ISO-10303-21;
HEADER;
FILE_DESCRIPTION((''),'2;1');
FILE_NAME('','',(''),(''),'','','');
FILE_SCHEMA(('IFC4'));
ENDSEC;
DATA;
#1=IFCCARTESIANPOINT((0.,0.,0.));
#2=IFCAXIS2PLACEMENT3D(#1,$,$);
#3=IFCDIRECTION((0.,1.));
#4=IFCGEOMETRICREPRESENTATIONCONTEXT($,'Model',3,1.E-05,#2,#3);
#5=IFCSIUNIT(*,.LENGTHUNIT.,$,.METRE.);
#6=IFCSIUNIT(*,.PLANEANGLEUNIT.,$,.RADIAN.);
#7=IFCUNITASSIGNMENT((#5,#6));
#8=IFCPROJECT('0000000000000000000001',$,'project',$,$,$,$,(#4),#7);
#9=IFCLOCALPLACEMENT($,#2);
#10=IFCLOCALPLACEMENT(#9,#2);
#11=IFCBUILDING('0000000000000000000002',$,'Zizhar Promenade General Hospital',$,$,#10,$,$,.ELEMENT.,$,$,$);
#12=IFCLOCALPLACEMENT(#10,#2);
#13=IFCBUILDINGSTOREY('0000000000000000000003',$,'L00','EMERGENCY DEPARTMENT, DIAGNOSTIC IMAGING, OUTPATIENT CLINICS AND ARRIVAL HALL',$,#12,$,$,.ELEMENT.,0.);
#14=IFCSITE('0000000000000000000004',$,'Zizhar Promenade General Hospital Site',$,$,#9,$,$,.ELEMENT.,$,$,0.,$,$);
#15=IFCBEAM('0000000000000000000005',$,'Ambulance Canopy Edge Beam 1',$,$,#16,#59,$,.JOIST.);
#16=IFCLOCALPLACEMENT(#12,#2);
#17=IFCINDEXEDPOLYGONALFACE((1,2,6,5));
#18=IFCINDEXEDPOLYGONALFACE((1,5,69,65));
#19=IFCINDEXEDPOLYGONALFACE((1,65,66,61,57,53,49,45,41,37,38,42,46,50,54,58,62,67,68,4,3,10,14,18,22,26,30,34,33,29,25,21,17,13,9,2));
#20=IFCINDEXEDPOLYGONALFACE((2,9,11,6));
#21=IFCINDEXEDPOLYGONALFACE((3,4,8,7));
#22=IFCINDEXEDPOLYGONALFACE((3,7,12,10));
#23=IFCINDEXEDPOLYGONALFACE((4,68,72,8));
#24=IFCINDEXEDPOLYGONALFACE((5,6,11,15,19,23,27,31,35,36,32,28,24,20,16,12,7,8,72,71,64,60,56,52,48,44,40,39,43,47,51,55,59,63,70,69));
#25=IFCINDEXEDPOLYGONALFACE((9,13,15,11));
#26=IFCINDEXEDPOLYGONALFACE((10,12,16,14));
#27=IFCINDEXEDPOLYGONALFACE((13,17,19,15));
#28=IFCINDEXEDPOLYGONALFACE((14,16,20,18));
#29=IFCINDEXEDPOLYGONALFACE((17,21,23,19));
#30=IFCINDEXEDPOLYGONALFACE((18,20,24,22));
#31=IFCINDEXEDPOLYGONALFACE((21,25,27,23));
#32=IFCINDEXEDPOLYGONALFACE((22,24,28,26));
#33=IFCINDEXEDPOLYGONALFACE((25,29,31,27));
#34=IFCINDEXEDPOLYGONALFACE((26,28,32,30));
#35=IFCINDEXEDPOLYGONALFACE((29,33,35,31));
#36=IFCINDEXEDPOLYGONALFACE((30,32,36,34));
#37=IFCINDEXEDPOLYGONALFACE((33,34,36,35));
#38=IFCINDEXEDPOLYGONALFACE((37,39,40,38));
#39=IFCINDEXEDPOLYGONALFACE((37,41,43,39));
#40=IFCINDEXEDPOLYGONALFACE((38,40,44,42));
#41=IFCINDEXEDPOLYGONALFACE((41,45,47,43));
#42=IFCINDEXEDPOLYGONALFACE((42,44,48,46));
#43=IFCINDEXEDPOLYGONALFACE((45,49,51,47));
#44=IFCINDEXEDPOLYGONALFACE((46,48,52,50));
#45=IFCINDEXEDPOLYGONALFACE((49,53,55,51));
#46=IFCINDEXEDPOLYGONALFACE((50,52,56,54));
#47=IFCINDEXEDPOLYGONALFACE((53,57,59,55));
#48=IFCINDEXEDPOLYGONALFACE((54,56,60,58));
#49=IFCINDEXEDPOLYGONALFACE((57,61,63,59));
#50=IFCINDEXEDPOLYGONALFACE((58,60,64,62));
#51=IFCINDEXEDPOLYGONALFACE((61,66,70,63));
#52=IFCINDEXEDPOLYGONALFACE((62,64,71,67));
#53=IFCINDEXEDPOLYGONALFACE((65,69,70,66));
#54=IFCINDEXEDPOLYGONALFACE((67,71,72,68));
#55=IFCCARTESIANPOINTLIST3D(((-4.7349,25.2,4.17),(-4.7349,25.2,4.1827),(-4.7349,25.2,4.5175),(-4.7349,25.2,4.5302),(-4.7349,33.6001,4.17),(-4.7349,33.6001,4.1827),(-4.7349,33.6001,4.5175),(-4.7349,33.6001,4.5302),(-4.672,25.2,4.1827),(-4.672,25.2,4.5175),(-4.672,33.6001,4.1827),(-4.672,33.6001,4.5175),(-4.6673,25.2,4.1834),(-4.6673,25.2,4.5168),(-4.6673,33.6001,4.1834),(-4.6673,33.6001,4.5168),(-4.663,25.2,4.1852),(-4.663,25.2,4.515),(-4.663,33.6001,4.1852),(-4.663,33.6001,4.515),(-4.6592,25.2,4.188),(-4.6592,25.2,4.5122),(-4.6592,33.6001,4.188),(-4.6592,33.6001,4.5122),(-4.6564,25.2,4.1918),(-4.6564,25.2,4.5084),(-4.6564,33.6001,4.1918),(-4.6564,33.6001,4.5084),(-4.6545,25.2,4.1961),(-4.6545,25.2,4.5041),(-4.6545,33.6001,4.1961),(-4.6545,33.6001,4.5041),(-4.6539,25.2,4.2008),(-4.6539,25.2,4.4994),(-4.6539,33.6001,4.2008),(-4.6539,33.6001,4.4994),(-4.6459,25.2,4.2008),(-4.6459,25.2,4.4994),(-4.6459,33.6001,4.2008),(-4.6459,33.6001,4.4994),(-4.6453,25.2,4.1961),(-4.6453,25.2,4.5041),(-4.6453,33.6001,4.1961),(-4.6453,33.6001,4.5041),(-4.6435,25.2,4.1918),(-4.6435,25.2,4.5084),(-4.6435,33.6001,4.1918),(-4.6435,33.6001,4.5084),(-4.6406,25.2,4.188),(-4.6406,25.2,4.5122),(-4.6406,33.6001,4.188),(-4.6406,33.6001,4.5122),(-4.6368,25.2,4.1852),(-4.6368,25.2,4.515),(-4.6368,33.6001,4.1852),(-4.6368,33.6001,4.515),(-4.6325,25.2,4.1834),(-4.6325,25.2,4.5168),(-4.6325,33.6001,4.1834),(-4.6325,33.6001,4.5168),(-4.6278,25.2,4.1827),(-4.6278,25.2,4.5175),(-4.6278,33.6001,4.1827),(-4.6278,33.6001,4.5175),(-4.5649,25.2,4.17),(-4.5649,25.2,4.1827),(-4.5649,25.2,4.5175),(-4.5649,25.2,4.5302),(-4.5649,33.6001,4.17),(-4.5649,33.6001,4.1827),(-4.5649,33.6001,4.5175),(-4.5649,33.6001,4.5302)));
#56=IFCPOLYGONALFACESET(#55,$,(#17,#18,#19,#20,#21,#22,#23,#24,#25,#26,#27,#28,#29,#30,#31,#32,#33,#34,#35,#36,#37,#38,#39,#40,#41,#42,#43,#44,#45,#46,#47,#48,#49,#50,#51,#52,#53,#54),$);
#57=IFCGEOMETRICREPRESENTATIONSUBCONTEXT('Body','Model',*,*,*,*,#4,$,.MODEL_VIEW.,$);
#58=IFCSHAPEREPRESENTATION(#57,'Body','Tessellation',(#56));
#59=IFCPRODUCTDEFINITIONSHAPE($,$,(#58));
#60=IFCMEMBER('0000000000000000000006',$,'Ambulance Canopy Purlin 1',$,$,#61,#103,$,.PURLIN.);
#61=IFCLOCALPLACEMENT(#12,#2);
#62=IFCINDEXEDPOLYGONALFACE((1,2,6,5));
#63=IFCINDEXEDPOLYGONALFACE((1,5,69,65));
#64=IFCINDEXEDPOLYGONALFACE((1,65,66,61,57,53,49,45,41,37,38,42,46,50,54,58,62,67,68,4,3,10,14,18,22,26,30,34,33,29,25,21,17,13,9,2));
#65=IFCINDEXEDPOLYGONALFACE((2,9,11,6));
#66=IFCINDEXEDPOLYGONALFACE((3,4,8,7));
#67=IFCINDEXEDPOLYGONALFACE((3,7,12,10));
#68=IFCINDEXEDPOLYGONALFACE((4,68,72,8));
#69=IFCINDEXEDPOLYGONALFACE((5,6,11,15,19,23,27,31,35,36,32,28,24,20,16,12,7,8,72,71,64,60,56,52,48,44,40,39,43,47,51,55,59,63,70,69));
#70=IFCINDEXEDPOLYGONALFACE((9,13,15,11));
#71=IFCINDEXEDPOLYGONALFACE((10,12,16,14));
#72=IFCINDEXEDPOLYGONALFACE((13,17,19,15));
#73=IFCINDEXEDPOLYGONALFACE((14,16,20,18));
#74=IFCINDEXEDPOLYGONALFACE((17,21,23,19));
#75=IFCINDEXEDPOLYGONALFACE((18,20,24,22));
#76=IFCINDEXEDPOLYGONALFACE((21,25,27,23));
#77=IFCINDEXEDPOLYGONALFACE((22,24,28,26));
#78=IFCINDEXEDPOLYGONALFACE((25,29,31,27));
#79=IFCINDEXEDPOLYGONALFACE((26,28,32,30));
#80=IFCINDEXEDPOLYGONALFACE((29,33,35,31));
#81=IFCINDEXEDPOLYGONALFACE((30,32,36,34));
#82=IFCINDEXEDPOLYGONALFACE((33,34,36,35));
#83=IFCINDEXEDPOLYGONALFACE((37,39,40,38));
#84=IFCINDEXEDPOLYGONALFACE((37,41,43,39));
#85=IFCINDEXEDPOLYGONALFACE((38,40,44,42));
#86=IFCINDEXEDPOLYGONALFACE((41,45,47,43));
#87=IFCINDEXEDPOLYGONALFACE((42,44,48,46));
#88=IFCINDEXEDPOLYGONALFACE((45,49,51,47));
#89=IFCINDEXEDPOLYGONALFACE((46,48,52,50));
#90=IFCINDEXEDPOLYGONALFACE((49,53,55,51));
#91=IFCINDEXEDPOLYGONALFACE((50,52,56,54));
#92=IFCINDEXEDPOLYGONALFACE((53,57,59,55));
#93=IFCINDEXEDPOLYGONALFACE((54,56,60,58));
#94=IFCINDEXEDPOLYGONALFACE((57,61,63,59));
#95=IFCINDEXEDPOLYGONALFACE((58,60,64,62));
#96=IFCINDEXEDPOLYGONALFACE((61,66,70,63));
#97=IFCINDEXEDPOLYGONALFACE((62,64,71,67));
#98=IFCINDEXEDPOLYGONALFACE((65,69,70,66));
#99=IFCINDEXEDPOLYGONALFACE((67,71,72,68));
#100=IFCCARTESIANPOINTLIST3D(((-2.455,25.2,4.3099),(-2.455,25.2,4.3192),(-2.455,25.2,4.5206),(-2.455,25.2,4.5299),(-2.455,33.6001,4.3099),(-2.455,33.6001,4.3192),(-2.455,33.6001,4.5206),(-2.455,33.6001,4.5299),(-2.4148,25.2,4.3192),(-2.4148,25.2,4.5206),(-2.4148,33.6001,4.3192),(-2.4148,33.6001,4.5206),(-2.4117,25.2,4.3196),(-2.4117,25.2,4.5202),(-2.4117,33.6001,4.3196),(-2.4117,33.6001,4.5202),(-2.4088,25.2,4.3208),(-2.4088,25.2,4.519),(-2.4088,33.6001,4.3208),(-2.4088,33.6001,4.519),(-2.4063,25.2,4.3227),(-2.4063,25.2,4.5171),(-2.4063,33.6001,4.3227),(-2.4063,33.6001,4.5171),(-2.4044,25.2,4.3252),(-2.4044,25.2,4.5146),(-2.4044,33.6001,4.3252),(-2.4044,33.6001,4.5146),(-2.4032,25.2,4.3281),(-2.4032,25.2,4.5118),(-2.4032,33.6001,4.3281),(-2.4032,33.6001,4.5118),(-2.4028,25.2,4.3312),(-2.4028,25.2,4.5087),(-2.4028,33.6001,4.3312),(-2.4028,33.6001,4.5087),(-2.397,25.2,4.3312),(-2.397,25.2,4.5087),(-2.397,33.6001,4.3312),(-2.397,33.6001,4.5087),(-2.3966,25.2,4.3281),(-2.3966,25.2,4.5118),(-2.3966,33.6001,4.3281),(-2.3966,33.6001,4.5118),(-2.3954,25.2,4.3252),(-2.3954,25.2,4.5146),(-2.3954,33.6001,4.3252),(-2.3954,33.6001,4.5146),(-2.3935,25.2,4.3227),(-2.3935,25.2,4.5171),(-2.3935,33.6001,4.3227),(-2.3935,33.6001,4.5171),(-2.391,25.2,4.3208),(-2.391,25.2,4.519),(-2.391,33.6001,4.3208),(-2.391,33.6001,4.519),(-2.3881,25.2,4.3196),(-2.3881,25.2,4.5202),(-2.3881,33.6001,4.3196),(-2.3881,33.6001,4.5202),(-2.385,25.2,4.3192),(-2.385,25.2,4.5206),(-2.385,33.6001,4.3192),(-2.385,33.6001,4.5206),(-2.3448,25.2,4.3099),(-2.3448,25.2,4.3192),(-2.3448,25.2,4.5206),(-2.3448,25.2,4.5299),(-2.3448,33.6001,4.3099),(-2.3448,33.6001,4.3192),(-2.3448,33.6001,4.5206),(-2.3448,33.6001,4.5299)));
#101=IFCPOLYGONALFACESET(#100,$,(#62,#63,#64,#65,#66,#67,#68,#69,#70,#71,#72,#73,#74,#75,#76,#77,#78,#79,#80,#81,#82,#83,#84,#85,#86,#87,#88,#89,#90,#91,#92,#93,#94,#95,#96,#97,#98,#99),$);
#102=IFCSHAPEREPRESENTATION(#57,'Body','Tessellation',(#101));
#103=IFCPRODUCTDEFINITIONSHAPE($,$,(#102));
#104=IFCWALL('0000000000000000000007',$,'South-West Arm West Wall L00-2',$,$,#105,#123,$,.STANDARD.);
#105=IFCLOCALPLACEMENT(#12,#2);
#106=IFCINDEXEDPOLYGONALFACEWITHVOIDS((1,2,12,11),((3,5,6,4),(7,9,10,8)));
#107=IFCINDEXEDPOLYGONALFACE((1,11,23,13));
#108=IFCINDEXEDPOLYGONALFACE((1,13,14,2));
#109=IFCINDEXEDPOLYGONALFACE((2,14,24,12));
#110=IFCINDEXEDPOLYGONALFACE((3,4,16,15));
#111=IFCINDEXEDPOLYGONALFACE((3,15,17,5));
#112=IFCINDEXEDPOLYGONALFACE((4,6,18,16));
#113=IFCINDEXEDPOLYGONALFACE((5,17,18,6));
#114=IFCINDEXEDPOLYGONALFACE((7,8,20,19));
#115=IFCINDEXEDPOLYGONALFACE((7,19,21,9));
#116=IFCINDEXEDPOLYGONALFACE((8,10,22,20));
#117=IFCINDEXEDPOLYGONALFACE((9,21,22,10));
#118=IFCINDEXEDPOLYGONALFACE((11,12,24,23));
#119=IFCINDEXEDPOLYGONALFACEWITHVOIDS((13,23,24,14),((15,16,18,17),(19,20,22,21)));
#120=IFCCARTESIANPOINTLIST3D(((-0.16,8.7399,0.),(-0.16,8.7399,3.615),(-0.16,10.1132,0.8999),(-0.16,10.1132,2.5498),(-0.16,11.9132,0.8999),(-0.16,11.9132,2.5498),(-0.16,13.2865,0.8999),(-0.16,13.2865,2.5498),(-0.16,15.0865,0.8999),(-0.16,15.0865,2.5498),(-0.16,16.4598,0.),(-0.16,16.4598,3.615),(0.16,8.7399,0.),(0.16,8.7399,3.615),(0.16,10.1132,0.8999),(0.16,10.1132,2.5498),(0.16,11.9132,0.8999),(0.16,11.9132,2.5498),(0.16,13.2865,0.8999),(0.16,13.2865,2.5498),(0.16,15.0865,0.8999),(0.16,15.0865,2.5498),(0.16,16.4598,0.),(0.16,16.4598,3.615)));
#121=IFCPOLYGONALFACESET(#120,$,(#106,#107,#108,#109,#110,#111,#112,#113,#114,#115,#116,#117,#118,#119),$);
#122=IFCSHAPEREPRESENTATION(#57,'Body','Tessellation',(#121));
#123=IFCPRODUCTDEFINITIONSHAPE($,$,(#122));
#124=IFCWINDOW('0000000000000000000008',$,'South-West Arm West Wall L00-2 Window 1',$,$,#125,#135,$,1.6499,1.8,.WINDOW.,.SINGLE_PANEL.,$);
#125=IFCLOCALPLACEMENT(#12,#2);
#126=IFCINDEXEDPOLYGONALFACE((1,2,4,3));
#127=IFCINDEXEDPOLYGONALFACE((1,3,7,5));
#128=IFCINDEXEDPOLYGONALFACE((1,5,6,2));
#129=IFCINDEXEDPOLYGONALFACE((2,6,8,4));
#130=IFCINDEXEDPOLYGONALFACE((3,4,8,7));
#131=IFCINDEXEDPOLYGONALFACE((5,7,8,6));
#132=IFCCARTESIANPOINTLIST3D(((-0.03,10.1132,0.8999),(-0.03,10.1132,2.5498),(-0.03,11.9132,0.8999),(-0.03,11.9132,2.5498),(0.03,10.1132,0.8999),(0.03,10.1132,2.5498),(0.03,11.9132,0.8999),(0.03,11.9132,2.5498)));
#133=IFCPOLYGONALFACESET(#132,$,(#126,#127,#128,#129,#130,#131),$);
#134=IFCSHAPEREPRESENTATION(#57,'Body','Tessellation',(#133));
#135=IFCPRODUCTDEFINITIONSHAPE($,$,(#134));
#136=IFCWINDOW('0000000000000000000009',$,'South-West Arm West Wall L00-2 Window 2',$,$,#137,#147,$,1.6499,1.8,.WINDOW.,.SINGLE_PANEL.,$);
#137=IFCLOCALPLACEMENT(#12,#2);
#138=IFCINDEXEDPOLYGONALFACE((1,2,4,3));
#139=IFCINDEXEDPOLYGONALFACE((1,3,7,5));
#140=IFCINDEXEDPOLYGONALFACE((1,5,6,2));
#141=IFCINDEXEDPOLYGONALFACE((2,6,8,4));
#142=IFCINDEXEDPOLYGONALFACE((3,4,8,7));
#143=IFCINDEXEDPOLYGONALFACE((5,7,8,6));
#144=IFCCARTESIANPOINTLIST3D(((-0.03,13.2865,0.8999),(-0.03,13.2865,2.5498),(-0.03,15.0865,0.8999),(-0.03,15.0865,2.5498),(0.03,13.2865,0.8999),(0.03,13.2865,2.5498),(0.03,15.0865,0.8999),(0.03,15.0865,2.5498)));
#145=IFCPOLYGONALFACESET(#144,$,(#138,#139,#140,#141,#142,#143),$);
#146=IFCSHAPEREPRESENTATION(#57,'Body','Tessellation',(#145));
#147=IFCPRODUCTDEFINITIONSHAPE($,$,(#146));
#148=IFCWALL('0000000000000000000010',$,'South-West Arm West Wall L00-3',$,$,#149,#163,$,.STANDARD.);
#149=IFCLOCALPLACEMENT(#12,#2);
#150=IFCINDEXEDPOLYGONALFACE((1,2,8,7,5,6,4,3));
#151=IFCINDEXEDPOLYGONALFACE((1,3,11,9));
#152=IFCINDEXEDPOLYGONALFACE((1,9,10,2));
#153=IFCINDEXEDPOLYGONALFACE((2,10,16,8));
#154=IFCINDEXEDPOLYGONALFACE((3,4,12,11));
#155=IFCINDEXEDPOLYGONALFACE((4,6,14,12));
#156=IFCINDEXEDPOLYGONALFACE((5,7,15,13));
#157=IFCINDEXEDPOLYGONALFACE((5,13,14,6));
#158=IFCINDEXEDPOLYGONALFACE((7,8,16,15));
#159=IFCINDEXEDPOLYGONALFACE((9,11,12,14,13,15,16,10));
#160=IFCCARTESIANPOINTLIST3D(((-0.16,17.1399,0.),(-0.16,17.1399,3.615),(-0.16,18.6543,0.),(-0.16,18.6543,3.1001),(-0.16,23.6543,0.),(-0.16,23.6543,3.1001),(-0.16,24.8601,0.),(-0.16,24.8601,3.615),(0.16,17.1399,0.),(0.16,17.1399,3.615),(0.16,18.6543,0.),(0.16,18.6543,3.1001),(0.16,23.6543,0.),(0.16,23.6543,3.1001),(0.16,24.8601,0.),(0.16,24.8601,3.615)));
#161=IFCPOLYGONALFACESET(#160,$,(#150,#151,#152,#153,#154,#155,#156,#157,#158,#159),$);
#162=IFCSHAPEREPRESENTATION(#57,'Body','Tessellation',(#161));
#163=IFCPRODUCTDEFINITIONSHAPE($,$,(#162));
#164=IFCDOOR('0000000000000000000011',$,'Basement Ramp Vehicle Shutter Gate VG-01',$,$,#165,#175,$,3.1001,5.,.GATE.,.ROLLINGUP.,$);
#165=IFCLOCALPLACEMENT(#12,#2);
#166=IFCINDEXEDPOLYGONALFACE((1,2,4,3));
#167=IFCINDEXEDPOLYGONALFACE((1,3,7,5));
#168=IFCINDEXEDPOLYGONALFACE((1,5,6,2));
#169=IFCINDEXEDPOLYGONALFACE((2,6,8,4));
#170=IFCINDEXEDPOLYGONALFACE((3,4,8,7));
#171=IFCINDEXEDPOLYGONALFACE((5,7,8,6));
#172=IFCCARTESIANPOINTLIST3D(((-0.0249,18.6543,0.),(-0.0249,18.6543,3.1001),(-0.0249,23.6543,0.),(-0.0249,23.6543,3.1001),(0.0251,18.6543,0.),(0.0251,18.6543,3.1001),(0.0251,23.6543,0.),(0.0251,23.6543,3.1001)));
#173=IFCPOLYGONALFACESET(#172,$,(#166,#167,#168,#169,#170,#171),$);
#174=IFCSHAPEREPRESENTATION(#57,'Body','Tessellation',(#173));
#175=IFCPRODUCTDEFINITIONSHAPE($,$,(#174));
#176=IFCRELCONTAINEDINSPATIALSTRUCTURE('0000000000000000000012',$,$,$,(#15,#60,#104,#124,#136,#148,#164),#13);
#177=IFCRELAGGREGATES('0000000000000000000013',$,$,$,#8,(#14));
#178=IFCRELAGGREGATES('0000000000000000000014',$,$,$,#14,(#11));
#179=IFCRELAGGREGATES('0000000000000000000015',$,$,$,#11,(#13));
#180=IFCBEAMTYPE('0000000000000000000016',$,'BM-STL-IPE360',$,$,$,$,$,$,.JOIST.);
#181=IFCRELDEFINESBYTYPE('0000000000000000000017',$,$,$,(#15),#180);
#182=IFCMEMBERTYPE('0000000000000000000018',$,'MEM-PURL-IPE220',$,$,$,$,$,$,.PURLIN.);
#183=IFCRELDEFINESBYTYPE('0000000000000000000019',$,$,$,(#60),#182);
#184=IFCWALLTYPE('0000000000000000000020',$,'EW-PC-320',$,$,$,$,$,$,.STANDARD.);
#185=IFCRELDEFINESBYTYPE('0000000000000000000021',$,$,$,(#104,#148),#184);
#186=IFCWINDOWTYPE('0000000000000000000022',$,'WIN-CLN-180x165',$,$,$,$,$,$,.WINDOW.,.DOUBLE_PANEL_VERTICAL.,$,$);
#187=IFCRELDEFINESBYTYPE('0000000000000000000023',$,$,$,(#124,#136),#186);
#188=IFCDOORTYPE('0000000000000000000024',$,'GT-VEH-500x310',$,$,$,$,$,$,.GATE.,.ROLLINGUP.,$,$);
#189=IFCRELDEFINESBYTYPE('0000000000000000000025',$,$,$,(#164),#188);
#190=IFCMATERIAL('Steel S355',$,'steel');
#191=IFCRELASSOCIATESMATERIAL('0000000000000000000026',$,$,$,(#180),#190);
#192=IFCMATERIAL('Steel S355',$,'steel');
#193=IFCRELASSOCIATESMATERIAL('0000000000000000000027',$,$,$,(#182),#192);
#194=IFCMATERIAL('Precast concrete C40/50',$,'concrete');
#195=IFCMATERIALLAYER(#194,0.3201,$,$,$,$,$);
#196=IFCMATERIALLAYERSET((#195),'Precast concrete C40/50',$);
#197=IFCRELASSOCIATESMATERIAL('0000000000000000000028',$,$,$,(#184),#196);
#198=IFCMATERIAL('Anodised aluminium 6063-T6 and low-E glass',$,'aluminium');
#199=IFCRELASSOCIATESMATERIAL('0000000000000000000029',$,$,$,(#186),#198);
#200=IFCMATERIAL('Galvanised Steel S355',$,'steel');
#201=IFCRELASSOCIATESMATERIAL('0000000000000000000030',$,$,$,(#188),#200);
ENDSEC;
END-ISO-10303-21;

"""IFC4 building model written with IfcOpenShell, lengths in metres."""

from ifc_helpers import new_model, si_unit, direction, frame, frame_2d, origin, origin_2d, place, context, subcontext, project, spatial, rectangle, i_section, extrude, material, layer, layer_set, material_profile, profile_set, type_object, element, fill, save


model = new_model("IFC4")

# Units and contexts
model_context = context("Model", 3, precision=1e-05, world=origin(), true_north=direction((0.0, 1.0)))
body_context = subcontext(model_context, "Body", "Model", "MODEL_VIEW")
ifc_project = project(units=[si_unit("LENGTHUNIT", "METRE"), si_unit("PLANEANGLEUNIT", "RADIAN")], contexts=[model_context])

# Site, building, storey
site_placement = place(None, origin())
site = spatial("IfcSite", under=ifc_project, at=site_placement, Name="Zizhar Promenade General Hospital Site", CompositionType="ELEMENT", RefElevation=0.0)
building_placement = place(site_placement, origin())
building = spatial("IfcBuilding", under=site, at=building_placement, Name="Zizhar Promenade General Hospital", CompositionType="ELEMENT")
storey_placement = place(building_placement, origin())
storey = spatial("IfcBuildingStorey", under=building, at=storey_placement, Name="L00", Description="EMERGENCY DEPARTMENT, DIAGNOSTIC IMAGING, OUTPATIENT CLINICS AND ARRIVAL HALL", CompositionType="ELEMENT", Elevation=0.0)

# Beam
ifc_material_1 = material(Name="Steel S355", Category="steel")
ifc_material_profile_1 = material_profile(ifc_material_1, i_section(OverallWidth=0.1699, OverallDepth=0.3601, WebThickness=0.0081, FlangeThickness=0.0127, FilletRadius=0.0181, at=origin_2d()))
ifc_profile_set_1 = profile_set([ifc_material_profile_1], Name="Steel S355")
beam_type_1 = type_object("IfcBeamType", Name="BM-STL-IPE360", PredefinedType="JOIST", material=ifc_profile_set_1)
beam_1_placement = place(storey_placement, frame((-4.6499, 25.2, 4.3501), z_axis=(0.0, 1.0, 0.0), x_axis=(-1.0, 0.0, 0.0)))
element("IfcBeam", 1, at=beam_1_placement, inside=storey, type_object=beam_type_1, Name="Ambulance Canopy Edge Beam 1", PredefinedType="JOIST", context=body_context, shape_type="SweptSolid", body=[
    extrude(i_section(OverallWidth=0.1699, OverallDepth=0.3601, WebThickness=0.0081, FlangeThickness=0.0127, FilletRadius=0.0181, at=origin_2d()), origin(), (0.0, 0.0, 1.0), 8.4001),
])

# Member
ifc_material_2 = material(Name="Steel S355", Category="steel")
ifc_material_profile_2 = material_profile(ifc_material_2, i_section(OverallWidth=0.1101, OverallDepth=0.22, WebThickness=0.0059, FlangeThickness=0.0093, FilletRadius=0.012, at=origin_2d()))
ifc_profile_set_2 = profile_set([ifc_material_profile_2], Name="Steel S355")
member_type = type_object("IfcMemberType", Name="MEM-PURL-IPE220", PredefinedType="PURLIN", material=ifc_profile_set_2)
member_placement = place(storey_placement, frame((-2.3999, 25.2, 4.4199), z_axis=(0.0, 1.0, 0.0), x_axis=(-1.0, 0.0, 0.0)))
element("IfcMember", 2, at=member_placement, inside=storey, type_object=member_type, Name="Ambulance Canopy Purlin 1", PredefinedType="PURLIN", context=body_context, shape_type="SweptSolid", body=[
    extrude(i_section(OverallWidth=0.1101, OverallDepth=0.22, WebThickness=0.0059, FlangeThickness=0.0093, FilletRadius=0.012, at=origin_2d()), origin(), (0.0, 0.0, 1.0), 8.4001),
])

# Wall, openings, windows
ifc_material_3 = material(Name="Precast concrete C40/50", Category="concrete")
ifc_layer = layer(ifc_material_3, 0.3201)
ifc_layer_set = layer_set([ifc_layer], Name="Precast concrete C40/50")
wall_type = type_object("IfcWallType", Name="EW-PC-320", PredefinedType="STANDARD", material=ifc_layer_set)
wall_1_placement = place(storey_placement, frame((0.0, 8.74, 0.0), z_axis=(0.0, 0.0, 1.0), x_axis=(0.0, 1.0, 0.0)))
wall_1 = element("IfcWall", 3, at=wall_1_placement, inside=storey, type_object=wall_type, Name="South-West Arm West Wall L00-2", PredefinedType="STANDARD", context=body_context, shape_type="SweptSolid", body=[
    extrude(rectangle(XDim=7.72, YDim=0.3201, at=frame_2d((3.8599, 0.0))), origin(), (0.0, 0.0, 1.0), 3.615),
])
opening_1_placement = place(wall_1_placement, frame((1.3733, 0.0, 0.8999)))
opening_1 = element("IfcOpeningElement", 4, at=opening_1_placement, cuts=wall_1, PredefinedType="OPENING", context=body_context, shape_type="SweptSolid", body=[
    extrude(rectangle(XDim=1.8, YDim=1.6499, at=frame_2d((0.8999, 0.825))), frame((0.0, 0.1699, 0.0), z_axis=(0.0, -1.0, 0.0), x_axis=(1.0, 0.0, 0.0)), (0.0, 0.0, 1.0), 0.3401),
])
opening_2_placement = place(wall_1_placement, frame((4.5466, 0.0, 0.8999)))
opening_2 = element("IfcOpeningElement", 5, at=opening_2_placement, cuts=wall_1, PredefinedType="OPENING", context=body_context, shape_type="SweptSolid", body=[
    extrude(rectangle(XDim=1.8, YDim=1.6499, at=frame_2d((0.8999, 0.825))), frame((0.0, 0.1699, 0.0), z_axis=(0.0, -1.0, 0.0), x_axis=(1.0, 0.0, 0.0)), (0.0, 0.0, 1.0), 0.3401),
])
ifc_material_4 = material(Name="Anodised aluminium 6063-T6 and low-E glass", Category="aluminium")
window_type = type_object("IfcWindowType", Name="WIN-CLN-180x165", PartitioningType="DOUBLE_PANEL_VERTICAL", PredefinedType="WINDOW", material=ifc_material_4)
window_1_placement = place(opening_1_placement, origin())
window_1 = element("IfcWindow", 6, at=window_1_placement, inside=storey, type_object=window_type, Name="South-West Arm West Wall L00-2 Window 1", OverallHeight=1.6499, OverallWidth=1.8, PartitioningType="SINGLE_PANEL", PredefinedType="WINDOW", context=body_context, shape_type="SweptSolid", body=[
    extrude(rectangle(XDim=1.8, YDim=1.6499, at=frame_2d((0.8999, 0.825))), frame((0.0, 0.03, 0.0), z_axis=(0.0, -1.0, 0.0), x_axis=(1.0, 0.0, 0.0)), (0.0, 0.0, 1.0), 0.0601),
])
fill(opening_1, window_1)
window_2_placement = place(opening_2_placement, origin())
window_2 = element("IfcWindow", 7, at=window_2_placement, inside=storey, type_object=window_type, Name="South-West Arm West Wall L00-2 Window 2", OverallHeight=1.6499, OverallWidth=1.8, PartitioningType="SINGLE_PANEL", PredefinedType="WINDOW", context=body_context, shape_type="SweptSolid", body=[
    extrude(rectangle(XDim=1.8, YDim=1.6499, at=frame_2d((0.8999, 0.825))), frame((0.0, 0.03, 0.0), z_axis=(0.0, -1.0, 0.0), x_axis=(1.0, 0.0, 0.0)), (0.0, 0.0, 1.0), 0.0601),
])
fill(opening_2, window_2)

# Wall, opening, door
wall_2_placement = place(storey_placement, frame((0.0, 17.1399, 0.0), z_axis=(0.0, 0.0, 1.0), x_axis=(0.0, 1.0, 0.0)))
wall_2 = element("IfcWall", 8, at=wall_2_placement, inside=storey, type_object=wall_type, Name="South-West Arm West Wall L00-3", PredefinedType="STANDARD", context=body_context, shape_type="SweptSolid", body=[
    extrude(rectangle(XDim=7.7202, YDim=0.3201, at=frame_2d((3.8601, 0.0))), origin(), (0.0, 0.0, 1.0), 3.615),
])
opening_3_placement = place(wall_2_placement, frame((1.5144, 0.0, 0.0)))
opening_3 = element("IfcOpeningElement", 9, at=opening_3_placement, cuts=wall_2, PredefinedType="OPENING", context=body_context, shape_type="SweptSolid", body=[
    extrude(rectangle(XDim=5.0, YDim=3.1001, at=frame_2d((2.5, 1.55))), frame((0.0, 0.1699, 0.0), z_axis=(0.0, -1.0, 0.0), x_axis=(1.0, 0.0, 0.0)), (0.0, 0.0, 1.0), 0.3401),
])
ifc_material_5 = material(Name="Galvanised Steel S355", Category="steel")
door_type = type_object("IfcDoorType", Name="GT-VEH-500x310", OperationType="ROLLINGUP", PredefinedType="GATE", material=ifc_material_5)
door_placement = place(opening_3_placement, origin())
door = element("IfcDoor", 10, at=door_placement, inside=storey, type_object=door_type, Name="Basement Ramp Vehicle Shutter Gate VG-01", OperationType="ROLLINGUP", OverallHeight=3.1001, OverallWidth=5.0, PredefinedType="GATE", context=body_context, shape_type="SweptSolid", body=[
    extrude(rectangle(XDim=5.0, YDim=3.1001, at=frame_2d((2.5, 1.55))), frame((0.0, 0.0249, 0.0), z_axis=(0.0, -1.0, 0.0), x_axis=(1.0, 0.0, 0.0)), (0.0, 0.0, 1.0), 0.05),
])
fill(opening_3, door)

save(model, "model.ifc")
